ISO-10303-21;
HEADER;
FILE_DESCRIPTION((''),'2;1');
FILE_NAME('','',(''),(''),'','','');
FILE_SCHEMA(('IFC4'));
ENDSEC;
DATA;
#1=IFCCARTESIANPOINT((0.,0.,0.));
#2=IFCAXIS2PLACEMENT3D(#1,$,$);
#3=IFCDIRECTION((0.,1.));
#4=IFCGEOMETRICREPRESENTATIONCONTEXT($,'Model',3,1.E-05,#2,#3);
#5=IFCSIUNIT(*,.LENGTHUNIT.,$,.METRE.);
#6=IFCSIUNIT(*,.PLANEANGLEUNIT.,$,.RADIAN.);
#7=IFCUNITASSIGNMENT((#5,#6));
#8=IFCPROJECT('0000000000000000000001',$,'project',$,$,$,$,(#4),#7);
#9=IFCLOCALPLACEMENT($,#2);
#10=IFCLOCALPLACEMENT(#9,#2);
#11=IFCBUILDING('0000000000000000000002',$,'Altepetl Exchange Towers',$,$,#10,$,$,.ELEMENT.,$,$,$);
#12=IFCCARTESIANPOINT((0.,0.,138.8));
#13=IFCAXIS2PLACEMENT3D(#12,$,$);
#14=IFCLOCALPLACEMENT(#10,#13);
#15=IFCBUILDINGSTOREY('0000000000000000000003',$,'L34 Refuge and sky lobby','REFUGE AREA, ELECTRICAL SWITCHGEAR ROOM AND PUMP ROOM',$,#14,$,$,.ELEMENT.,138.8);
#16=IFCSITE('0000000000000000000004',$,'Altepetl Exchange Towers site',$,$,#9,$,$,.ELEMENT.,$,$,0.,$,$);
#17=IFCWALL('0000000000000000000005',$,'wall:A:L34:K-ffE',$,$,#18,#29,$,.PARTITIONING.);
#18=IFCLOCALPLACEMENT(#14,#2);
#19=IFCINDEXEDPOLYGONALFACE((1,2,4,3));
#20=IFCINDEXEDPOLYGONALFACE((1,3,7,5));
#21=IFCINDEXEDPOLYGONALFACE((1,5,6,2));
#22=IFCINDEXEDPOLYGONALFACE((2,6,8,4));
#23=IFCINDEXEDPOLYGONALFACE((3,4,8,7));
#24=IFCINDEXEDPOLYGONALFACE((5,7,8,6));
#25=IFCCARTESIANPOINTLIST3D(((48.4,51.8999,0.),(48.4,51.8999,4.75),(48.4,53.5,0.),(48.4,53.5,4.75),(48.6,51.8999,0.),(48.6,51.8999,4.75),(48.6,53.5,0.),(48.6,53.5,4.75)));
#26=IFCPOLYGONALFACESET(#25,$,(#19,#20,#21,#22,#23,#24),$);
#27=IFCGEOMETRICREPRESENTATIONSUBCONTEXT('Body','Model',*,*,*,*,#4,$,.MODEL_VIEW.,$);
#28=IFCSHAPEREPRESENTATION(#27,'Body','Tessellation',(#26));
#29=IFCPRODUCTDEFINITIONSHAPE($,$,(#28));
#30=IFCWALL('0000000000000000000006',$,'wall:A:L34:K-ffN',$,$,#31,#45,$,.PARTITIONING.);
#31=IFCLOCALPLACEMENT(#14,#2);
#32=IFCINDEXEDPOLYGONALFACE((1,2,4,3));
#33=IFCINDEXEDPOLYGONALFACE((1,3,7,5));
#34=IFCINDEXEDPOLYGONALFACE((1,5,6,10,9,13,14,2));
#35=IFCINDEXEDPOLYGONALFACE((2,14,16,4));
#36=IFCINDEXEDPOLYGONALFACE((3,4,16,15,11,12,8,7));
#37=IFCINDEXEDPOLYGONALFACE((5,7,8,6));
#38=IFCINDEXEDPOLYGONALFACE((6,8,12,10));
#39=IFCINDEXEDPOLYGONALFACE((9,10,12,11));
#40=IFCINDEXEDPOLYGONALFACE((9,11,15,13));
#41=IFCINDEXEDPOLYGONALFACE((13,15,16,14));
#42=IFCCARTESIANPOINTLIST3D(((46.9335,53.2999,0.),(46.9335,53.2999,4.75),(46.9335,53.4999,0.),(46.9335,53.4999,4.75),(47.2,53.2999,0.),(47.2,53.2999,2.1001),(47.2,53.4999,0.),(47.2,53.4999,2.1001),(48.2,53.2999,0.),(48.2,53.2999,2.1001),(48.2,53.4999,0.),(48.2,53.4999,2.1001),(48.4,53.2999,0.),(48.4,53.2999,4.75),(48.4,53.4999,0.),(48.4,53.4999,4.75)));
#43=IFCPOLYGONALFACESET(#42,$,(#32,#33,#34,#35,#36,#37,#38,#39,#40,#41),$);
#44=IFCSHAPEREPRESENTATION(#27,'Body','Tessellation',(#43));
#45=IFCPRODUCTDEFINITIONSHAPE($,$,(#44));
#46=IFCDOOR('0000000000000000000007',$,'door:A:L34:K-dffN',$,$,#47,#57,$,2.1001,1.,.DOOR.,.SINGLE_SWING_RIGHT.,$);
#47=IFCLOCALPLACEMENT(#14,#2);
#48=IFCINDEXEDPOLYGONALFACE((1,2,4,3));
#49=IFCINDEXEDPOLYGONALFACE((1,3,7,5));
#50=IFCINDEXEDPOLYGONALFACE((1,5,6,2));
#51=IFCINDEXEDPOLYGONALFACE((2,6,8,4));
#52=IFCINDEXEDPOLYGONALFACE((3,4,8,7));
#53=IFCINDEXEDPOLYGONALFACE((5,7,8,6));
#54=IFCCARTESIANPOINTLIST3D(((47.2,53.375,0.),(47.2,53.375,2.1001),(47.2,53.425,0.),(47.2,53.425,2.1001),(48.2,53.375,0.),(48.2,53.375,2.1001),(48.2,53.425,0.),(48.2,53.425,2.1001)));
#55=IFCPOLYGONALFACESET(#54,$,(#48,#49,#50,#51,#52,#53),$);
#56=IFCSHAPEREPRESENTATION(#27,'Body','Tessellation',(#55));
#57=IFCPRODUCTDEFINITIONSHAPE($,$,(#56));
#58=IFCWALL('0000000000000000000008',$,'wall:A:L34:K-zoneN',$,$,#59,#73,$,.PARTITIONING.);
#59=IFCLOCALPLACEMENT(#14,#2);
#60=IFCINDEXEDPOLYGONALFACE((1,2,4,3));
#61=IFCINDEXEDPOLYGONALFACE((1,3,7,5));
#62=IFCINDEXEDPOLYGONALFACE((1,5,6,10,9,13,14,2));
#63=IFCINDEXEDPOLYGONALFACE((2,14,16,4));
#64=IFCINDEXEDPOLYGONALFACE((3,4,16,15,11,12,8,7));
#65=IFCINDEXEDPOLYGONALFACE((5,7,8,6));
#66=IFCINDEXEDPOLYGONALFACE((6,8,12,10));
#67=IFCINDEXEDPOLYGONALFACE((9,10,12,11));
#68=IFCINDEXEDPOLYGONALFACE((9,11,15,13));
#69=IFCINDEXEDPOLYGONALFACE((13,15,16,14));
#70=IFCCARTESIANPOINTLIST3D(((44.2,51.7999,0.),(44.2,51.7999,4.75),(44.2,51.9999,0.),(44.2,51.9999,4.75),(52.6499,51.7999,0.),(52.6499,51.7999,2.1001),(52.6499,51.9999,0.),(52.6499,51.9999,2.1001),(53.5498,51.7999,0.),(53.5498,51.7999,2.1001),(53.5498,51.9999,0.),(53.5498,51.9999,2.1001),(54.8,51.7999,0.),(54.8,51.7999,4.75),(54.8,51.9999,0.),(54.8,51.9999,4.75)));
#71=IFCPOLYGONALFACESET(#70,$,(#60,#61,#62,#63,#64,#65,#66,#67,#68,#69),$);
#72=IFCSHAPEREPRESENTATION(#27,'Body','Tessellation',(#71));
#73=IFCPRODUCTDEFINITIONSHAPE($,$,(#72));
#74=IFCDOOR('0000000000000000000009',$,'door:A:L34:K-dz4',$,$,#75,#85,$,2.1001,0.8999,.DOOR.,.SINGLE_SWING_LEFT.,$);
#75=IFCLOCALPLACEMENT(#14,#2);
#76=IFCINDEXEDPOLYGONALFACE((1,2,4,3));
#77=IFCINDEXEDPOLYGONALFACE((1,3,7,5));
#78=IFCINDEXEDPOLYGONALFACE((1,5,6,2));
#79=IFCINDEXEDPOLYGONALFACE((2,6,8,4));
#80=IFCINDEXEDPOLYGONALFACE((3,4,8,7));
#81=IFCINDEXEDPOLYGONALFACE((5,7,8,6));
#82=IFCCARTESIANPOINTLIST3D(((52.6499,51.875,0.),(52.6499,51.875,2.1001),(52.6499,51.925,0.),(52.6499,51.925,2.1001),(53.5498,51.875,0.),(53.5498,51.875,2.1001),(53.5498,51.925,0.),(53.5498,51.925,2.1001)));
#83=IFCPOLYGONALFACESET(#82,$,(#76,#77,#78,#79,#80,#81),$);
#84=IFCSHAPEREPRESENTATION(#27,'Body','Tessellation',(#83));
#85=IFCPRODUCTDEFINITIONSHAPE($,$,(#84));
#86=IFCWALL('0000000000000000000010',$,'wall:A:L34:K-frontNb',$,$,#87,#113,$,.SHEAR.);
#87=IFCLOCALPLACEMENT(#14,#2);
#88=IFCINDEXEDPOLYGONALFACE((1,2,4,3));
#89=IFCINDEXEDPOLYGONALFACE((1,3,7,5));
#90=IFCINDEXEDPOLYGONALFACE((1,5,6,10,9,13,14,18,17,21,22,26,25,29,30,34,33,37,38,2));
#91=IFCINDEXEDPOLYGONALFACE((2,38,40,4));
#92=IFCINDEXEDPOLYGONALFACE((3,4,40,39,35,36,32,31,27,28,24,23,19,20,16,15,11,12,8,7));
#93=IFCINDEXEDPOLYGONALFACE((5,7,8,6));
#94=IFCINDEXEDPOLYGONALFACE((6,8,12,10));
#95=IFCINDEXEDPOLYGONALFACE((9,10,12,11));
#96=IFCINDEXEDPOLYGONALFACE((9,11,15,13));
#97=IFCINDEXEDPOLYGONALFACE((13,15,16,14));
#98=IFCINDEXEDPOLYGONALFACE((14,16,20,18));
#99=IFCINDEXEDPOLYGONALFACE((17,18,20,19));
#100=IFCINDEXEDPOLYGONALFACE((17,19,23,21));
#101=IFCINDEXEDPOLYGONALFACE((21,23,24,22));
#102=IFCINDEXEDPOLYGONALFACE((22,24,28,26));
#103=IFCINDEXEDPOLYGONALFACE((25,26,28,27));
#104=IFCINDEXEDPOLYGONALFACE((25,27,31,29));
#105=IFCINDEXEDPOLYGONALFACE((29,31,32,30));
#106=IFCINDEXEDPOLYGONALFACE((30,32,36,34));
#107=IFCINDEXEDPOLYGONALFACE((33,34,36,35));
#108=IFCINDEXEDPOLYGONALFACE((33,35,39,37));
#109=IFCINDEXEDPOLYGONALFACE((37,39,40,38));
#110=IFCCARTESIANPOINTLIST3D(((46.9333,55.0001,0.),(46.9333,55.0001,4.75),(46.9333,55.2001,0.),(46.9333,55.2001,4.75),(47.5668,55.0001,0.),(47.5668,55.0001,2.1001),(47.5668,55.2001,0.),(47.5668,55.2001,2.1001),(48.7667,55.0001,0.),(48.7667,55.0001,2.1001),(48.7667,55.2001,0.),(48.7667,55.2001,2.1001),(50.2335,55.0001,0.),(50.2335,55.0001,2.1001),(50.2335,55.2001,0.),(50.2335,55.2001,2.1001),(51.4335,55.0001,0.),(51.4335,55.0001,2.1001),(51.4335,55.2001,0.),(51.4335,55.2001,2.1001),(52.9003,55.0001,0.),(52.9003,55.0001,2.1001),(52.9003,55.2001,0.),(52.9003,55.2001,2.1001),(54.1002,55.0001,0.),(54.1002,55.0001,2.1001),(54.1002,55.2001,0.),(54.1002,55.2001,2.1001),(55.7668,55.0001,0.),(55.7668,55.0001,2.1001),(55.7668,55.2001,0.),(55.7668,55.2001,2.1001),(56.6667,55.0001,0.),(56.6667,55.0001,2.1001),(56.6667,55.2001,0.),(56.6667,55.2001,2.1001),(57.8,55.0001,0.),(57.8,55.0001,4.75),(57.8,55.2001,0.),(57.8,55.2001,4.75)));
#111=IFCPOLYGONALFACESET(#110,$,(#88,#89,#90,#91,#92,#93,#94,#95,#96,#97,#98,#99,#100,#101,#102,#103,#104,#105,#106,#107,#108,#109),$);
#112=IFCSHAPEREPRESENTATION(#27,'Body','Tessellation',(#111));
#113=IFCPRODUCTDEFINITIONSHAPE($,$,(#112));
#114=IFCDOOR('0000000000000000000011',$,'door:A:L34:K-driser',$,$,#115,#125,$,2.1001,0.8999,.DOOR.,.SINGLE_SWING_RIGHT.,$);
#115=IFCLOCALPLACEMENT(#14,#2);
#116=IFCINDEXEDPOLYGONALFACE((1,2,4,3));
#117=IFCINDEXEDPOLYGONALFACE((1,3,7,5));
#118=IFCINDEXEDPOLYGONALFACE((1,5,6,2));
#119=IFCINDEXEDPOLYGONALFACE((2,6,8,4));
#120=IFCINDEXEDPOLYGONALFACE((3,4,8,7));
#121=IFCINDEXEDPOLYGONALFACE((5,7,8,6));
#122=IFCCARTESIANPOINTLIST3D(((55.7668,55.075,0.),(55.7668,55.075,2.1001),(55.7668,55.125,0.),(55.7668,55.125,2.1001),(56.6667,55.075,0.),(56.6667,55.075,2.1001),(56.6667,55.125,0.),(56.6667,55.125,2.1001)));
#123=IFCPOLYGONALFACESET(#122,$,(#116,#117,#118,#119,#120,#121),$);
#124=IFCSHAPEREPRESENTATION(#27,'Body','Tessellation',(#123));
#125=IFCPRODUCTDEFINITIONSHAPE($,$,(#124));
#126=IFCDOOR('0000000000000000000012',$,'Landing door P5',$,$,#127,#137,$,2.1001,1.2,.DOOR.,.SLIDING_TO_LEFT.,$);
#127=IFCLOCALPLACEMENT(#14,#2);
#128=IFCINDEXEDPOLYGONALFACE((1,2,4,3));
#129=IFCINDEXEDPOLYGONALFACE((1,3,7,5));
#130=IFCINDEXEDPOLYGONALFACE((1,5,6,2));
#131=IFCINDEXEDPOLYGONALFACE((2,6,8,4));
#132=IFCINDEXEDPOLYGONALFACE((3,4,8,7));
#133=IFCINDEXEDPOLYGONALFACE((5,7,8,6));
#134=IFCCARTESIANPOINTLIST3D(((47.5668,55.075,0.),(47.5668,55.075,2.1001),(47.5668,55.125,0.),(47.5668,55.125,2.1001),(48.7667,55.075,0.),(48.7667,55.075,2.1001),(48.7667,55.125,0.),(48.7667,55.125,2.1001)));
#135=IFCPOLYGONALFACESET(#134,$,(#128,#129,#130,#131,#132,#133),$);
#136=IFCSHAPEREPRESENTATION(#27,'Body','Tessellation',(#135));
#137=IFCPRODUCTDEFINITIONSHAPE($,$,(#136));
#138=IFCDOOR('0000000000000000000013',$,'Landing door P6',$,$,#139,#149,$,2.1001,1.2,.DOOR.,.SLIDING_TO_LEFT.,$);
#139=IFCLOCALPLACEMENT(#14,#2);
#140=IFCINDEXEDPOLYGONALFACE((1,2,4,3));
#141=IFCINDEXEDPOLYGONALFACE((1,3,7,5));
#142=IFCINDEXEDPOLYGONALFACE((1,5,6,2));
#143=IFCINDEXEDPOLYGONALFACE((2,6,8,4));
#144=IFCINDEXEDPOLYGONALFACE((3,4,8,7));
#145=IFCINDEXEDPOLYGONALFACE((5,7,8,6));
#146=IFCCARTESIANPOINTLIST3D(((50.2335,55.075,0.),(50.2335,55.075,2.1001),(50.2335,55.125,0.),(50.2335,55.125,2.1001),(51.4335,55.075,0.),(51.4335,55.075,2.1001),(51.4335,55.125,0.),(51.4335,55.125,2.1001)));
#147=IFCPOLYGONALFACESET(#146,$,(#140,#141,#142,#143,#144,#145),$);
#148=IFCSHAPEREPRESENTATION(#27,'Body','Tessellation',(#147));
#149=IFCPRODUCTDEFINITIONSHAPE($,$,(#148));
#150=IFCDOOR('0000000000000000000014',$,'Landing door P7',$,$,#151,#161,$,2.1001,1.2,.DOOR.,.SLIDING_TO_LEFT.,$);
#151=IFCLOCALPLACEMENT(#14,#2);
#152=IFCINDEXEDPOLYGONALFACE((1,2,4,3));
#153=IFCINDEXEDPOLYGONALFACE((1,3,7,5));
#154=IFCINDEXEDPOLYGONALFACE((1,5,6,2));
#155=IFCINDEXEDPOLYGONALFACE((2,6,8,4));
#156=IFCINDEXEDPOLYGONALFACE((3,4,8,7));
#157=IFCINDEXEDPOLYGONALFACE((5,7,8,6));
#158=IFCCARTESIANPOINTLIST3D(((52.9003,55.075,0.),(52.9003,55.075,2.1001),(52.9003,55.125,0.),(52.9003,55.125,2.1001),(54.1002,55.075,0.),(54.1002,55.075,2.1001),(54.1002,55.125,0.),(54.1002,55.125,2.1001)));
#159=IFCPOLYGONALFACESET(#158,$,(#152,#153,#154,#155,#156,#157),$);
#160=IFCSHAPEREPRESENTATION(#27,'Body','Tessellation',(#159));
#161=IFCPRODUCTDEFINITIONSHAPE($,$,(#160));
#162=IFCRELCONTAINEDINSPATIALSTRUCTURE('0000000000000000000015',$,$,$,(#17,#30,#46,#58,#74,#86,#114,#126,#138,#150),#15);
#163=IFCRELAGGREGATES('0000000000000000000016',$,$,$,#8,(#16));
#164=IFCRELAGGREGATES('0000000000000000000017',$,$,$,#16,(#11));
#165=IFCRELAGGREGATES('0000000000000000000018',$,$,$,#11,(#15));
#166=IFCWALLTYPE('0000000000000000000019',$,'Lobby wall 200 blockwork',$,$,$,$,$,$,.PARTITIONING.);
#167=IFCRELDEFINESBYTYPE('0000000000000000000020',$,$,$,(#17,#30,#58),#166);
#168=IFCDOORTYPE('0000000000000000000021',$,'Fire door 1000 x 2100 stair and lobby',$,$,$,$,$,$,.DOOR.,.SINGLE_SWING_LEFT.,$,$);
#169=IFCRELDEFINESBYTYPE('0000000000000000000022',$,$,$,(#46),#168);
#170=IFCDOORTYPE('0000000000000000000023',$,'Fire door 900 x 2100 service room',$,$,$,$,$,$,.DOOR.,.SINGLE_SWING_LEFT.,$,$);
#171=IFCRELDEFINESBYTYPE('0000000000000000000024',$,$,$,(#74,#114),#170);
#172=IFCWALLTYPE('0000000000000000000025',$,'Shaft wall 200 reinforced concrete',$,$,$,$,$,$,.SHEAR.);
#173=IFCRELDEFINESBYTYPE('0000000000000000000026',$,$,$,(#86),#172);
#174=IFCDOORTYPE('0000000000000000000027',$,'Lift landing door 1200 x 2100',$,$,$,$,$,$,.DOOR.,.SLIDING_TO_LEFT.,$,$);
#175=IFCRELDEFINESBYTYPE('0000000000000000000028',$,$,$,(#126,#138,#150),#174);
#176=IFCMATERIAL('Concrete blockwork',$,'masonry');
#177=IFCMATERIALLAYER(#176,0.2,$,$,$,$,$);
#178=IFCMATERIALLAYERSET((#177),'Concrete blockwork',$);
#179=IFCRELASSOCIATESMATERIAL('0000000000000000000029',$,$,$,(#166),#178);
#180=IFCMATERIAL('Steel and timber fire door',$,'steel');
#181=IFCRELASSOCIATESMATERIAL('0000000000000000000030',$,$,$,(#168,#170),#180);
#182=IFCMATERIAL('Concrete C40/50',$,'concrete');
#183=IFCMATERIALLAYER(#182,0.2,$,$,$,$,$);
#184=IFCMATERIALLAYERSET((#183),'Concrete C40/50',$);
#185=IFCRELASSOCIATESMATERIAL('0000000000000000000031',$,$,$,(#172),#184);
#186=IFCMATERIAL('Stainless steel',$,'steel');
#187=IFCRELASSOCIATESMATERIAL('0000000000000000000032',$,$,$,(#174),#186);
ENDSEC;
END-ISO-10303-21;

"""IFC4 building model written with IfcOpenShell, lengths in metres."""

from ifc_helpers import new_model, si_unit, direction, frame, frame_2d, origin, place, context, subcontext, project, spatial, rectangle, extrude, material, layer, layer_set, type_object, element, fill, save


model = new_model("IFC4")

# Units and contexts
model_context = context("Model", 3, precision=1e-05, world=origin(), true_north=direction((0.0, 1.0)))
body_context = subcontext(model_context, "Body", "Model", "MODEL_VIEW")
ifc_project = project(units=[si_unit("LENGTHUNIT", "METRE"), si_unit("PLANEANGLEUNIT", "RADIAN")], contexts=[model_context])

# Site, building, storey
site_placement = place(None, origin())
site = spatial("IfcSite", under=ifc_project, at=site_placement, Name="Altepetl Exchange Towers site", CompositionType="ELEMENT", RefElevation=0.0)
building_placement = place(site_placement, origin())
building = spatial("IfcBuilding", under=site, at=building_placement, Name="Altepetl Exchange Towers", CompositionType="ELEMENT")
storey_placement = place(building_placement, frame((0.0, 0.0, 138.8)))
storey = spatial("IfcBuildingStorey", under=building, at=storey_placement, Name="L34 Refuge and sky lobby", Description="REFUGE AREA, ELECTRICAL SWITCHGEAR ROOM AND PUMP ROOM", CompositionType="ELEMENT", Elevation=138.8)

# Wall
ifc_material_1 = material(Name="Concrete blockwork", Category="masonry")
ifc_layer_1 = layer(ifc_material_1, 0.2)
ifc_layer_set_1 = layer_set([ifc_layer_1], Name="Concrete blockwork")
wall_type_1 = type_object("IfcWallType", Name="Lobby wall 200 blockwork", PredefinedType="PARTITIONING", material=ifc_layer_set_1)
wall_1_placement = place(storey_placement, frame((48.5, 51.8999, 0.0), z_axis=(0.0, 0.0, 1.0), x_axis=(0.0, 1.0, 0.0)))
element("IfcWall", 1, at=wall_1_placement, inside=storey, type_object=wall_type_1, Name="wall:A:L34:K-ffE", PredefinedType="PARTITIONING", context=body_context, shape_type="SweptSolid", body=[
    extrude(rectangle(XDim=1.6001, YDim=0.2, at=frame_2d((0.8, 0.0))), origin(), (0.0, 0.0, 1.0), 4.75),
])

# Walls, openings, doors
wall_2_placement = place(storey_placement, frame((46.9333, 53.3999, 0.0)))
wall_2 = element("IfcWall", 2, at=wall_2_placement, inside=storey, type_object=wall_type_1, Name="wall:A:L34:K-ffN", PredefinedType="PARTITIONING", context=body_context, shape_type="SweptSolid", body=[
    extrude(rectangle(XDim=1.4666, YDim=0.2, at=frame_2d((0.7334, 0.0))), origin(), (0.0, 0.0, 1.0), 4.75),
])
opening_1_placement = place(wall_2_placement, frame((0.2666, 0.0, 0.0)))
opening_1 = element("IfcOpeningElement", 3, at=opening_1_placement, cuts=wall_2, PredefinedType="OPENING", context=body_context, shape_type="SweptSolid", body=[
    extrude(rectangle(XDim=1.0, YDim=2.1001, at=frame_2d((0.5, 1.05))), frame((0.0, 0.1099, 0.0), z_axis=(0.0, -1.0, 0.0), x_axis=(1.0, 0.0, 0.0)), (0.0, 0.0, 1.0), 0.22),
])
ifc_material_2 = material(Name="Steel and timber fire door", Category="steel")
door_type_1 = type_object("IfcDoorType", Name="Fire door 1000 x 2100 stair and lobby", OperationType="SINGLE_SWING_LEFT", PredefinedType="DOOR", material=ifc_material_2)
door_1_placement = place(opening_1_placement, frame((1.0, 0.0, 0.0), x_axis=(-1.0, 0.0, 0.0)))
door_1 = element("IfcDoor", 4, at=door_1_placement, inside=storey, type_object=door_type_1, Name="door:A:L34:K-dffN", OperationType="SINGLE_SWING_RIGHT", OverallHeight=2.1001, OverallWidth=1.0, PredefinedType="DOOR", context=body_context, shape_type="SweptSolid", body=[
    extrude(rectangle(XDim=1.0, YDim=2.1001, at=frame_2d((0.5, 1.05))), frame((0.0, 0.0249, 0.0), z_axis=(0.0, -1.0, 0.0), x_axis=(1.0, 0.0, 0.0)), (0.0, 0.0, 1.0), 0.05),
])
fill(opening_1, door_1)
wall_3_placement = place(storey_placement, frame((44.2, 51.8999, 0.0)))
wall_3 = element("IfcWall", 5, at=wall_3_placement, inside=storey, type_object=wall_type_1, Name="wall:A:L34:K-zoneN", PredefinedType="PARTITIONING", context=body_context, shape_type="SweptSolid", body=[
    extrude(rectangle(XDim=10.6001, YDim=0.2, at=frame_2d((5.3, 0.0))), origin(), (0.0, 0.0, 1.0), 4.75),
])
opening_2_placement = place(wall_3_placement, frame((8.45, 0.0, 0.0)))
opening_2 = element("IfcOpeningElement", 6, at=opening_2_placement, cuts=wall_3, PredefinedType="OPENING", context=body_context, shape_type="SweptSolid", body=[
    extrude(rectangle(XDim=0.8999, YDim=2.1001, at=frame_2d((0.45, 1.05))), frame((0.0, 0.1099, 0.0), z_axis=(0.0, -1.0, 0.0), x_axis=(1.0, 0.0, 0.0)), (0.0, 0.0, 1.0), 0.22),
])
door_type_2 = type_object("IfcDoorType", Name="Fire door 900 x 2100 service room", OperationType="SINGLE_SWING_LEFT", PredefinedType="DOOR", material=ifc_material_2)
door_2_placement = place(opening_2_placement, frame((0.8999, 0.0, 0.0), x_axis=(-1.0, 0.0, 0.0)))
door_2 = element("IfcDoor", 7, at=door_2_placement, inside=storey, type_object=door_type_2, Name="door:A:L34:K-dz4", OperationType="SINGLE_SWING_LEFT", OverallHeight=2.1001, OverallWidth=0.8999, PredefinedType="DOOR", context=body_context, shape_type="SweptSolid", body=[
    extrude(rectangle(XDim=0.8999, YDim=2.1001, at=frame_2d((0.45, 1.05))), frame((0.0, 0.0249, 0.0), z_axis=(0.0, -1.0, 0.0), x_axis=(1.0, 0.0, 0.0)), (0.0, 0.0, 1.0), 0.05),
])
fill(opening_2, door_2)

# Wall, openings, doors
ifc_material_3 = material(Name="Concrete C40/50", Category="concrete")
ifc_layer_2 = layer(ifc_material_3, 0.2)
ifc_layer_set_2 = layer_set([ifc_layer_2], Name="Concrete C40/50")
wall_type_2 = type_object("IfcWallType", Name="Shaft wall 200 reinforced concrete", PredefinedType="SHEAR", material=ifc_layer_set_2)
wall_4_placement = place(storey_placement, frame((46.9333, 55.1001, 0.0)))
wall_4 = element("IfcWall", 8, at=wall_4_placement, inside=storey, type_object=wall_type_2, Name="wall:A:L34:K-frontNb", PredefinedType="SHEAR", context=body_context, shape_type="SweptSolid", body=[
    extrude(rectangle(XDim=10.8667, YDim=0.2, at=frame_2d((5.4333, 0.0))), origin(), (0.0, 0.0, 1.0), 4.75),
])
opening_3_placement = place(wall_4_placement, frame((8.8335, 0.0, 0.0)))
opening_3 = element("IfcOpeningElement", 9, at=opening_3_placement, cuts=wall_4, PredefinedType="OPENING", context=body_context, shape_type="SweptSolid", body=[
    extrude(rectangle(XDim=0.8999, YDim=2.1001, at=frame_2d((0.45, 1.05))), frame((0.0, 0.1099, 0.0), z_axis=(0.0, -1.0, 0.0), x_axis=(1.0, 0.0, 0.0)), (0.0, 0.0, 1.0), 0.22),
])
opening_4_placement = place(wall_4_placement, frame((0.6333, 0.0, 0.0)))
opening_4 = element("IfcOpeningElement", 10, at=opening_4_placement, cuts=wall_4, PredefinedType="OPENING", context=body_context, shape_type="SweptSolid", body=[
    extrude(rectangle(XDim=1.2, YDim=2.1001, at=frame_2d((0.6001, 1.05))), frame((0.0, 0.1099, 0.0), z_axis=(0.0, -1.0, 0.0), x_axis=(1.0, 0.0, 0.0)), (0.0, 0.0, 1.0), 0.22),
])
opening_5_placement = place(wall_4_placement, frame((3.3, 0.0, 0.0)))
opening_5 = element("IfcOpeningElement", 11, at=opening_5_placement, cuts=wall_4, PredefinedType="OPENING", context=body_context, shape_type="SweptSolid", body=[
    extrude(rectangle(XDim=1.2, YDim=2.1001, at=frame_2d((0.6001, 1.05))), frame((0.0, 0.1099, 0.0), z_axis=(0.0, -1.0, 0.0), x_axis=(1.0, 0.0, 0.0)), (0.0, 0.0, 1.0), 0.22),
])
opening_6_placement = place(wall_4_placement, frame((5.9668, 0.0, 0.0)))
opening_6 = element("IfcOpeningElement", 12, at=opening_6_placement, cuts=wall_4, PredefinedType="OPENING", context=body_context, shape_type="SweptSolid", body=[
    extrude(rectangle(XDim=1.2, YDim=2.1001, at=frame_2d((0.6001, 1.05))), frame((0.0, 0.1099, 0.0), z_axis=(0.0, -1.0, 0.0), x_axis=(1.0, 0.0, 0.0)), (0.0, 0.0, 1.0), 0.22),
])
door_3_placement = place(opening_3_placement, origin())
door_3 = element("IfcDoor", 13, at=door_3_placement, inside=storey, type_object=door_type_2, Name="door:A:L34:K-driser", OperationType="SINGLE_SWING_RIGHT", OverallHeight=2.1001, OverallWidth=0.8999, PredefinedType="DOOR", context=body_context, shape_type="SweptSolid", body=[
    extrude(rectangle(XDim=0.8999, YDim=2.1001, at=frame_2d((0.45, 1.05))), frame((0.0, 0.0249, 0.0), z_axis=(0.0, -1.0, 0.0), x_axis=(1.0, 0.0, 0.0)), (0.0, 0.0, 1.0), 0.05),
])
fill(opening_3, door_3)
ifc_material_4 = material(Name="Stainless steel", Category="steel")
door_type_3 = type_object("IfcDoorType", Name="Lift landing door 1200 x 2100", OperationType="SLIDING_TO_LEFT", PredefinedType="DOOR", material=ifc_material_4)
door_4_placement = place(opening_4_placement, origin())
door_4 = element("IfcDoor", 14, at=door_4_placement, inside=storey, type_object=door_type_3, Name="Landing door P5", OperationType="SLIDING_TO_LEFT", OverallHeight=2.1001, OverallWidth=1.2, PredefinedType="DOOR", context=body_context, shape_type="SweptSolid", body=[
    extrude(rectangle(XDim=1.2, YDim=2.1001, at=frame_2d((0.6001, 1.05))), frame((0.0, 0.0249, 0.0), z_axis=(0.0, -1.0, 0.0), x_axis=(1.0, 0.0, 0.0)), (0.0, 0.0, 1.0), 0.05),
])
fill(opening_4, door_4)
door_5_placement = place(opening_5_placement, origin())
door_5 = element("IfcDoor", 15, at=door_5_placement, inside=storey, type_object=door_type_3, Name="Landing door P6", OperationType="SLIDING_TO_LEFT", OverallHeight=2.1001, OverallWidth=1.2, PredefinedType="DOOR", context=body_context, shape_type="SweptSolid", body=[
    extrude(rectangle(XDim=1.2, YDim=2.1001, at=frame_2d((0.6001, 1.05))), frame((0.0, 0.0249, 0.0), z_axis=(0.0, -1.0, 0.0), x_axis=(1.0, 0.0, 0.0)), (0.0, 0.0, 1.0), 0.05),
])
fill(opening_5, door_5)
door_6_placement = place(opening_6_placement, origin())
door_6 = element("IfcDoor", 16, at=door_6_placement, inside=storey, type_object=door_type_3, Name="Landing door P7", OperationType="SLIDING_TO_LEFT", OverallHeight=2.1001, OverallWidth=1.2, PredefinedType="DOOR", context=body_context, shape_type="SweptSolid", body=[
    extrude(rectangle(XDim=1.2, YDim=2.1001, at=frame_2d((0.6001, 1.05))), frame((0.0, 0.0249, 0.0), z_axis=(0.0, -1.0, 0.0), x_axis=(1.0, 0.0, 0.0)), (0.0, 0.0, 1.0), 0.05),
])
fill(opening_6, door_6)

save(model, "model.ifc")
